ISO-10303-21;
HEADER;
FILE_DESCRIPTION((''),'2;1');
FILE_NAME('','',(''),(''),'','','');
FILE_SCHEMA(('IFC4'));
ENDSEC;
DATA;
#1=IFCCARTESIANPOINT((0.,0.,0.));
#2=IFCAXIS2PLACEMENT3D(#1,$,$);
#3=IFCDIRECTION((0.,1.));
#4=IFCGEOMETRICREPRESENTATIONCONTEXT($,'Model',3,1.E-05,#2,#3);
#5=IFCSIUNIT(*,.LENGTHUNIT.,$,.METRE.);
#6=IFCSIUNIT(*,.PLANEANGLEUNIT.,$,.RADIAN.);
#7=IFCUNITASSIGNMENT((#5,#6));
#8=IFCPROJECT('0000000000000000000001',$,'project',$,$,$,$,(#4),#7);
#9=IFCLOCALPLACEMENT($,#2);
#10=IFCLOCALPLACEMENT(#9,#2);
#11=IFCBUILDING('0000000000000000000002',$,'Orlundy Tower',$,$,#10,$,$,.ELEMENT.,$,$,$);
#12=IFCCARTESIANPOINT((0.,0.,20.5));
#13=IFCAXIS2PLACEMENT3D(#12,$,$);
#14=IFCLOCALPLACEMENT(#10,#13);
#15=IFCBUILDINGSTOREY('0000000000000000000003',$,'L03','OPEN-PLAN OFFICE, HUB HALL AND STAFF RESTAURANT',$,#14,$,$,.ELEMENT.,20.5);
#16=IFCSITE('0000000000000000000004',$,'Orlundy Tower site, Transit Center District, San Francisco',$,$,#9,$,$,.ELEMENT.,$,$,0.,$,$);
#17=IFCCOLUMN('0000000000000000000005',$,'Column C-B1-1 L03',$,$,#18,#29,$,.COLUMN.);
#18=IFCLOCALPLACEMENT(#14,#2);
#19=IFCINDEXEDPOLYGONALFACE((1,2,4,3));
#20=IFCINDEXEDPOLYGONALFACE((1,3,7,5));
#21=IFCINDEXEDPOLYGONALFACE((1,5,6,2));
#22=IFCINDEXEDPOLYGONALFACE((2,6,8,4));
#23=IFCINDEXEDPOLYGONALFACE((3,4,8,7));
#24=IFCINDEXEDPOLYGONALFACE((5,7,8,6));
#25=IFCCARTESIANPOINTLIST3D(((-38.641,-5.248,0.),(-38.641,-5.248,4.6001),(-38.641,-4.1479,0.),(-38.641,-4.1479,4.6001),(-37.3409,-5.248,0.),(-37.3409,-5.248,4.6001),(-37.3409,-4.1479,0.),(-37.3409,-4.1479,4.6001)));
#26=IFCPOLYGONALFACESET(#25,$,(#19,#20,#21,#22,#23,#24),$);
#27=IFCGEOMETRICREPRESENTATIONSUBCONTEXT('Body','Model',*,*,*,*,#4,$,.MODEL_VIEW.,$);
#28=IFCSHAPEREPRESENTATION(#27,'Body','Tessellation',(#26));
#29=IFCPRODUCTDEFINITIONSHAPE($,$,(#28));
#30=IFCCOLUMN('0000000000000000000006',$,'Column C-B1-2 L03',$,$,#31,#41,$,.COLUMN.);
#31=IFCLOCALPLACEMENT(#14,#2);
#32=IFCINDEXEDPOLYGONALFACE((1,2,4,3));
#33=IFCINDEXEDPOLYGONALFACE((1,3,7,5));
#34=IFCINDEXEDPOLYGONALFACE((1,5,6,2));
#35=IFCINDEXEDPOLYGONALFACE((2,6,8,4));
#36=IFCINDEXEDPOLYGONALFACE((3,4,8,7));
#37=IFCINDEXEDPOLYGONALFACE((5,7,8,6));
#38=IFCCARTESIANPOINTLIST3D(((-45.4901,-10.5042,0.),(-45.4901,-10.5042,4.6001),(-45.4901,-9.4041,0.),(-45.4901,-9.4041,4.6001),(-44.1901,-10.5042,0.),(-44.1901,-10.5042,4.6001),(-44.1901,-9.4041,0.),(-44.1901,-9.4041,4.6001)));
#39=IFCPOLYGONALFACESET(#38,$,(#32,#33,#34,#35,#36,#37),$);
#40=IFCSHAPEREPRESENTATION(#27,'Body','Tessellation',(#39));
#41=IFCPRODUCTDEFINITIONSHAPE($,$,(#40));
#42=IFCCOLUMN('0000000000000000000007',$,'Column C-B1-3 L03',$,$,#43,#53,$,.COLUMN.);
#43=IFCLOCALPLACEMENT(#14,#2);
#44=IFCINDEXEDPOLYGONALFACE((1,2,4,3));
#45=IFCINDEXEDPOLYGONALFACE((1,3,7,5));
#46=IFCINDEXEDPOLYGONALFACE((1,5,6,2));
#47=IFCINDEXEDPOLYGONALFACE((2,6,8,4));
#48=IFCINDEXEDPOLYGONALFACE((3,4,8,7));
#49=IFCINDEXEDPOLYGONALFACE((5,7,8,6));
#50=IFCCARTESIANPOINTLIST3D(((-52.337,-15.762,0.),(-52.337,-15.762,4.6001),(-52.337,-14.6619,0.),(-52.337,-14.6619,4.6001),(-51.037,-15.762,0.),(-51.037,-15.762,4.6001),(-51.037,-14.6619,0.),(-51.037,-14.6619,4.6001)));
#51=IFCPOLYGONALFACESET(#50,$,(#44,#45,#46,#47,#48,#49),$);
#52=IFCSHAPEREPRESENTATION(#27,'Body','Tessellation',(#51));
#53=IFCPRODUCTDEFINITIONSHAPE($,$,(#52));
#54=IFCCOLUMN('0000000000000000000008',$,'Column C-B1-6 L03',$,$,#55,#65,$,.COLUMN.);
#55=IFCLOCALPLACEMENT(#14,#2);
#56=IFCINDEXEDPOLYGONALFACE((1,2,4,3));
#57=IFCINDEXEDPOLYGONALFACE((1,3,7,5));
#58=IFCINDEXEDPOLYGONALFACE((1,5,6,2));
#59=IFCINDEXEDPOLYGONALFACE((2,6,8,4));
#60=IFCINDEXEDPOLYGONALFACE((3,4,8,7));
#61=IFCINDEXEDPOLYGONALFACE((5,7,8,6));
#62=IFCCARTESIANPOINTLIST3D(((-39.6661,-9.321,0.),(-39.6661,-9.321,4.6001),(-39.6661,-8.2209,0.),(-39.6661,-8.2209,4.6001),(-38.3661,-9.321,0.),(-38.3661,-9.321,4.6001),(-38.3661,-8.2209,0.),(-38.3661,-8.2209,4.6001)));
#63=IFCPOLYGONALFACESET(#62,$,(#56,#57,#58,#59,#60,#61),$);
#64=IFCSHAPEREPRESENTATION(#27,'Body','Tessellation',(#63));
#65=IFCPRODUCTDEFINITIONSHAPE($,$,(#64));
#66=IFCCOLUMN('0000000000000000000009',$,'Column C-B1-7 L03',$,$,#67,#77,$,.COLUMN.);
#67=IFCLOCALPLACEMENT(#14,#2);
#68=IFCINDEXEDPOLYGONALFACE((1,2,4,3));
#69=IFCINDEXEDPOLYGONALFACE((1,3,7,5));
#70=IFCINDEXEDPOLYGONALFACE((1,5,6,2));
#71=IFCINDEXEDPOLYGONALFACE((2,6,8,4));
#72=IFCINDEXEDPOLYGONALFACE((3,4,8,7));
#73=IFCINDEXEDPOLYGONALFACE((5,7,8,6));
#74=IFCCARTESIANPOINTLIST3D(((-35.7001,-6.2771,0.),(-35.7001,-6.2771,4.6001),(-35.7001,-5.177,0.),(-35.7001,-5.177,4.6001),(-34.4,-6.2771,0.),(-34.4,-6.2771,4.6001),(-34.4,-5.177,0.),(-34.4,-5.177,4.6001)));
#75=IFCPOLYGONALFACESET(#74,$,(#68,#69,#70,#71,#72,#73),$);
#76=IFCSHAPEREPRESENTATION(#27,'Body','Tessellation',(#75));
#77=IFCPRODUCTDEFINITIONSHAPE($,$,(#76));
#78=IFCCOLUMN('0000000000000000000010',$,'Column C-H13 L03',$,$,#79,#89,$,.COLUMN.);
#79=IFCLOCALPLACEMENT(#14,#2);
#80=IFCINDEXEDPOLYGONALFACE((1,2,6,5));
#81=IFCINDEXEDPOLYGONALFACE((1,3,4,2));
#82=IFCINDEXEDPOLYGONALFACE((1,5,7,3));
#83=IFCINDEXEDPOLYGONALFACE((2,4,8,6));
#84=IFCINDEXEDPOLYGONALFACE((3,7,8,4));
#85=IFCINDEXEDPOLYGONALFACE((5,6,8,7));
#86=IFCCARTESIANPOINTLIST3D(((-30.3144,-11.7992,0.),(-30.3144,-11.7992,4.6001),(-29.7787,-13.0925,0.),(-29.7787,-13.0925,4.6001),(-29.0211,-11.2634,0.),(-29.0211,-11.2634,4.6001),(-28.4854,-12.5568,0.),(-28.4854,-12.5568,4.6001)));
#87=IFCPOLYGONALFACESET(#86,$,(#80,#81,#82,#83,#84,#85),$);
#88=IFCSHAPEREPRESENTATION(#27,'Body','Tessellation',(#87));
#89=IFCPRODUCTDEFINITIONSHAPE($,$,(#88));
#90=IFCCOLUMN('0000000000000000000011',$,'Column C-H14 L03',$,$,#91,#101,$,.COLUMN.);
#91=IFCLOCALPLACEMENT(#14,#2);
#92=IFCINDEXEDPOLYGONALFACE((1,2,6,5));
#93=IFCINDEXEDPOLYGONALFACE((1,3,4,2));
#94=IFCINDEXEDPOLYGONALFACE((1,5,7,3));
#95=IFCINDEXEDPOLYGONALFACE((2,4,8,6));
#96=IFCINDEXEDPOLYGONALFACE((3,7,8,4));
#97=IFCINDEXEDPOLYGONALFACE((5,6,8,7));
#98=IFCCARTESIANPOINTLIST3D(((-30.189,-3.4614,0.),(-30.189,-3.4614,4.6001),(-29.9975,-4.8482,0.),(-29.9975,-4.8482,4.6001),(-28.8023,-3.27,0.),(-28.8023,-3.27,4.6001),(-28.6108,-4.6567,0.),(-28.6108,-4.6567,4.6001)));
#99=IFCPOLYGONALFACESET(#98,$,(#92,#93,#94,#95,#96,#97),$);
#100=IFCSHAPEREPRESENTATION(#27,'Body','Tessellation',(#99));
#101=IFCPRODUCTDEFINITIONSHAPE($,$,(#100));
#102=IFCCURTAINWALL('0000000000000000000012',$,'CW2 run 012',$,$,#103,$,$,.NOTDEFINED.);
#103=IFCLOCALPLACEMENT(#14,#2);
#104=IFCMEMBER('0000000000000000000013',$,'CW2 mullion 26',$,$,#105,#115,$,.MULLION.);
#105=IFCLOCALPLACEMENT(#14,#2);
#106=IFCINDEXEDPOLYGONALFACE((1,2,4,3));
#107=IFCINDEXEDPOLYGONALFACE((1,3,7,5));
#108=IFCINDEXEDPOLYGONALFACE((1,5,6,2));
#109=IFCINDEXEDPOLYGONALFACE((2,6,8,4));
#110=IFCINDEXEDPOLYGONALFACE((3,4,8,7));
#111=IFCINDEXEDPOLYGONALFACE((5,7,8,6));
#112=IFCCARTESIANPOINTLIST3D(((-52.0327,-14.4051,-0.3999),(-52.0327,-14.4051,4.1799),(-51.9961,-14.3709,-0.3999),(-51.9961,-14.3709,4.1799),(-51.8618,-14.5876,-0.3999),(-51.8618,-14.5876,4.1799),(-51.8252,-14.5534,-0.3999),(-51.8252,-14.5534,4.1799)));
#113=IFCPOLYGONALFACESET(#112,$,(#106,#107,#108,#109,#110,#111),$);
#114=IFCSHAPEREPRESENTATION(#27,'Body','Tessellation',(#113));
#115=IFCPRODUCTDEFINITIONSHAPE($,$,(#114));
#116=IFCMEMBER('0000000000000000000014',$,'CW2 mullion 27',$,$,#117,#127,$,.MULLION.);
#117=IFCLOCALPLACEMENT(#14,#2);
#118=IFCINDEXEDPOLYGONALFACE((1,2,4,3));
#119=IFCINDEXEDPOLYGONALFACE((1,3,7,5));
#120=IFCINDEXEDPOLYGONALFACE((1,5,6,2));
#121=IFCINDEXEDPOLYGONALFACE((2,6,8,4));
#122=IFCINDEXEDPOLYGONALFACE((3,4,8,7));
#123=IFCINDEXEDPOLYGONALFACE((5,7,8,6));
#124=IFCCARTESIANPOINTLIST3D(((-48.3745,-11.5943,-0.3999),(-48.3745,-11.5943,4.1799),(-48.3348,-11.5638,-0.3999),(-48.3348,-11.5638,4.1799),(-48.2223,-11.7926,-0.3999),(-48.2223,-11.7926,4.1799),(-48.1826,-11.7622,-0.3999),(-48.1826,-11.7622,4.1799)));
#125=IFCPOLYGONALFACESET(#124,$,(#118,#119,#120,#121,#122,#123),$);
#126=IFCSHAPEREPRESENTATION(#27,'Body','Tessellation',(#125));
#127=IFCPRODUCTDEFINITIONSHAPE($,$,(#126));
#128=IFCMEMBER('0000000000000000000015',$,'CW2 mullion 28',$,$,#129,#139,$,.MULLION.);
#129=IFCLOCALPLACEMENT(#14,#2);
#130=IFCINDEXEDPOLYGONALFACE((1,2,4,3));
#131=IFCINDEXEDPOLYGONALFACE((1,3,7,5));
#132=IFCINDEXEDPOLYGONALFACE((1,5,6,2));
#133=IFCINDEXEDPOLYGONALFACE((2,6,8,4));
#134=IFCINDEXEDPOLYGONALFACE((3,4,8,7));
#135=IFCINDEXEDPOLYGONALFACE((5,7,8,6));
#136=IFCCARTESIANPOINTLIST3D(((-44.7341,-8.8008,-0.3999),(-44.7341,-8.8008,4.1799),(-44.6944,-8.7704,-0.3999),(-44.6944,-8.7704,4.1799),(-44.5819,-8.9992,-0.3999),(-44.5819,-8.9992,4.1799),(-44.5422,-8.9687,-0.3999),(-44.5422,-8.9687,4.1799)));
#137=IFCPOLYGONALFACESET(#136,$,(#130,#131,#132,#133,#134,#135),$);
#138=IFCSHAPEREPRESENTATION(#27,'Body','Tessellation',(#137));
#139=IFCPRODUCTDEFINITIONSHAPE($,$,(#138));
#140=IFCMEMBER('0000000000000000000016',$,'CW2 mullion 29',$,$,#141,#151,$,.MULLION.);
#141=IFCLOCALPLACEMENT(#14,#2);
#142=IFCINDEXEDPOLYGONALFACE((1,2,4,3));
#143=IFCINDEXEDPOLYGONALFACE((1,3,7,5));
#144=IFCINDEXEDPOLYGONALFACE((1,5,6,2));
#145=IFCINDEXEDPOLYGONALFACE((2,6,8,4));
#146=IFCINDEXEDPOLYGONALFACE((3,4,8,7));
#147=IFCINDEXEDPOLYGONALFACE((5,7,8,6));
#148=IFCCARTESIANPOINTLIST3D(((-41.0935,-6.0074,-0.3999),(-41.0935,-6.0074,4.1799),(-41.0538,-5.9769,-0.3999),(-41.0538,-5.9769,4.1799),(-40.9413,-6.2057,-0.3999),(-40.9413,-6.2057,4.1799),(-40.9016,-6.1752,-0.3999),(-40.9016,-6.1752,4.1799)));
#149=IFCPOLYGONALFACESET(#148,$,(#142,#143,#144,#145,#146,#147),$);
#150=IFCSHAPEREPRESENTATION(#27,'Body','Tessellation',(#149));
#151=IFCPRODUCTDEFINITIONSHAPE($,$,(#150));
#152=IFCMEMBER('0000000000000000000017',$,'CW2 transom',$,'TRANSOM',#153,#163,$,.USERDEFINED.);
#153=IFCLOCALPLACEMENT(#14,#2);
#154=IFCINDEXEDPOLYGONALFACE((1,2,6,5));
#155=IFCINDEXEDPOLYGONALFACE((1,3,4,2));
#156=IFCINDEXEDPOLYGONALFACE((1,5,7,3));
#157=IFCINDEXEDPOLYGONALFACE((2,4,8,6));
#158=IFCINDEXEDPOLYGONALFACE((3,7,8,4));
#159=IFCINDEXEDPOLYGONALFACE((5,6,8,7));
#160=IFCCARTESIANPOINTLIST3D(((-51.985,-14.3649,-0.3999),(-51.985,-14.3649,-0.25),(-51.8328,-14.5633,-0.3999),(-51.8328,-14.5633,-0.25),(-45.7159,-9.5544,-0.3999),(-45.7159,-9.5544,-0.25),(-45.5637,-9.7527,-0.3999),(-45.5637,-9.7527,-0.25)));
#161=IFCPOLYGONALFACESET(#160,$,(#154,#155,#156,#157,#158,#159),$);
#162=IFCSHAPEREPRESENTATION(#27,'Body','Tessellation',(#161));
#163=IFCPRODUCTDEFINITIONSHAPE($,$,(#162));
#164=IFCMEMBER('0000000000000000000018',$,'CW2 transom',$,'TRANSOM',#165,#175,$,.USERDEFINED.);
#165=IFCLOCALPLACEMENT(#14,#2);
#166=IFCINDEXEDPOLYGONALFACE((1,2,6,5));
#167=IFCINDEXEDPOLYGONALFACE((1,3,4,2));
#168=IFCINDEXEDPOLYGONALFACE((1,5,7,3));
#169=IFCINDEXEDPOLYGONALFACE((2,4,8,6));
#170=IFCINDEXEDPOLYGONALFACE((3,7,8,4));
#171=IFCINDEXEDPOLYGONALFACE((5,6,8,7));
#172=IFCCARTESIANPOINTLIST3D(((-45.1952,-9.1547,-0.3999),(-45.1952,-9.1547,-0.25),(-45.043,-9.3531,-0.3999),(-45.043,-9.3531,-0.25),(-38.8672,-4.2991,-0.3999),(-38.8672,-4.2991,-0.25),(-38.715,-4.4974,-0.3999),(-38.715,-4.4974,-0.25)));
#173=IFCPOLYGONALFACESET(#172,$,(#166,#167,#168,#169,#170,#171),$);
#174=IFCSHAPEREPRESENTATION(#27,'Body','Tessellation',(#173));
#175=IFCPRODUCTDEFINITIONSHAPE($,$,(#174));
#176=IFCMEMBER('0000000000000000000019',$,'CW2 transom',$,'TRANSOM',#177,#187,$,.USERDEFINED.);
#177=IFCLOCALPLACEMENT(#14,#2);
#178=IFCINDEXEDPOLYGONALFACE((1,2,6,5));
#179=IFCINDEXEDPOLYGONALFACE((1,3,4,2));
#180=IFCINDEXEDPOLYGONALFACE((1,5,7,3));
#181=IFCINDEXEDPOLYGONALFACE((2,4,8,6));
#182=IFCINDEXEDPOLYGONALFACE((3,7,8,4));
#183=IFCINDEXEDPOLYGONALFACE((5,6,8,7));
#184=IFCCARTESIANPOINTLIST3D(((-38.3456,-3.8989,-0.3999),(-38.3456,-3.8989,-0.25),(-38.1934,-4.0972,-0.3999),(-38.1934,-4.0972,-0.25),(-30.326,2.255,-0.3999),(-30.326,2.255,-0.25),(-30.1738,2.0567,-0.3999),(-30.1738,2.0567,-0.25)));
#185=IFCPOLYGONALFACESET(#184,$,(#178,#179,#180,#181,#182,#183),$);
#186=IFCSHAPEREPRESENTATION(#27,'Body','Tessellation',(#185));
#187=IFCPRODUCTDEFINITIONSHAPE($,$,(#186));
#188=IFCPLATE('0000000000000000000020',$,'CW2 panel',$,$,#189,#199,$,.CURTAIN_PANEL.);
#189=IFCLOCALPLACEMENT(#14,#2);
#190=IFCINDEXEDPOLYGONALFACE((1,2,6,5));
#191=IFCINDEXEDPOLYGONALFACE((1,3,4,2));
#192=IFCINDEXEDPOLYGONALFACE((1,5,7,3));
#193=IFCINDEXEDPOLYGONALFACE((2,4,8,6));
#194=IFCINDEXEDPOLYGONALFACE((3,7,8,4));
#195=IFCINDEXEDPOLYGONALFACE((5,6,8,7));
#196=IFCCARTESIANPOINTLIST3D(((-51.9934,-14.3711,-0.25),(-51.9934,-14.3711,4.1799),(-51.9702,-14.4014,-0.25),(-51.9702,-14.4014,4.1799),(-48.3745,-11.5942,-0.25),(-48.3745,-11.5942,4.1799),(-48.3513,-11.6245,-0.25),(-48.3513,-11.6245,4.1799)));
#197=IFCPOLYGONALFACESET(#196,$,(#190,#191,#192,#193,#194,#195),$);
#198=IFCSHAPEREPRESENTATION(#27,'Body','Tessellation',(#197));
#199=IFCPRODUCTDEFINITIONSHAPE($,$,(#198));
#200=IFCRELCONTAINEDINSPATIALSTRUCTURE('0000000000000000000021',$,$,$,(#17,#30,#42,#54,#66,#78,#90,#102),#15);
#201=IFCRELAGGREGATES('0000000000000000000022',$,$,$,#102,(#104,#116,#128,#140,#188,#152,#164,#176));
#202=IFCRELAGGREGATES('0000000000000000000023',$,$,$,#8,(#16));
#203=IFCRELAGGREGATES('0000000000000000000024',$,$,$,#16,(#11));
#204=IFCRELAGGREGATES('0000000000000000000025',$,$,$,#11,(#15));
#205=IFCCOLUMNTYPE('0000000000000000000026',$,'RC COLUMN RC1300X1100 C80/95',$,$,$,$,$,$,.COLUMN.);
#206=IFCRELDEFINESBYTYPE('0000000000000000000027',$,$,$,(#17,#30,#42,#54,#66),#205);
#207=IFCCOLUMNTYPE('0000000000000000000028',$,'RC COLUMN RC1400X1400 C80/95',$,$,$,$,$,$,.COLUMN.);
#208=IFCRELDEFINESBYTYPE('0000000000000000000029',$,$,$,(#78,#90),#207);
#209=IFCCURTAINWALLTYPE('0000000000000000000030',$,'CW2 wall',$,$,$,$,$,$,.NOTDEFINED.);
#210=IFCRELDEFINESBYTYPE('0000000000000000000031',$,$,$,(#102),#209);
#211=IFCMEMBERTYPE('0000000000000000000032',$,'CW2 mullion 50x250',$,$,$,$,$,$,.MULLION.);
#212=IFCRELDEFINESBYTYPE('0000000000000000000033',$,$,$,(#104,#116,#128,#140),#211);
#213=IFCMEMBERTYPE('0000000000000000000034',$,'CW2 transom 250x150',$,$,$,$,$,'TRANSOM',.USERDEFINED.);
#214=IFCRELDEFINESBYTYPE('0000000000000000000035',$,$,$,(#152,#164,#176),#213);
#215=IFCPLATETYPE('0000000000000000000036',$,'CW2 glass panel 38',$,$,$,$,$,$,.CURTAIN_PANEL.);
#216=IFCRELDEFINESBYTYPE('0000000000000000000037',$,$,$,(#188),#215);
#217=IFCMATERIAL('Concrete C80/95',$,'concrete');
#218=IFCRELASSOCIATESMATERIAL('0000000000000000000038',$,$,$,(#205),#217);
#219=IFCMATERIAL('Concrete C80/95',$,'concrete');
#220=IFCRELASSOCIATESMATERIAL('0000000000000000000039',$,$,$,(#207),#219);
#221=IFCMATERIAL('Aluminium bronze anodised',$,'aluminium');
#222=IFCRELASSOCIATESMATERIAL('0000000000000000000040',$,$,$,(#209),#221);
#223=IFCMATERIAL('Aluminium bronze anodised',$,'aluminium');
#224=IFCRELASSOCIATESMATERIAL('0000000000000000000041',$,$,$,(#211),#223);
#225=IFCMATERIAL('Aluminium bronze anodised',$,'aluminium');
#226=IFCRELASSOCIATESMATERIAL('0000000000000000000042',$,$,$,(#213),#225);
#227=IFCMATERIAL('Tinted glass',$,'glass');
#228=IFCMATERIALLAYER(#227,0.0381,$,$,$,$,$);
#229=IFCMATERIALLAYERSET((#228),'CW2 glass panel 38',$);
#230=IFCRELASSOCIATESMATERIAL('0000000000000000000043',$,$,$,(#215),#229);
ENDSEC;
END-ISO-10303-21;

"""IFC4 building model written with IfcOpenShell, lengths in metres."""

from ifc_helpers import new_model, si_unit, direction, frame, origin, origin_2d, place, context, subcontext, project, spatial, rectangle, extrude, material, layer, layer_set, material_profile, profile_set, type_object, element, aggregate, save


model = new_model("IFC4")

# Units and contexts
model_context = context("Model", 3, precision=1e-05, world=origin(), true_north=direction((0.0, 1.0)))
body_context = subcontext(model_context, "Body", "Model", "MODEL_VIEW")
ifc_project = project(units=[si_unit("LENGTHUNIT", "METRE"), si_unit("PLANEANGLEUNIT", "RADIAN")], contexts=[model_context])

# Site, building, storey
site_placement = place(None, origin())
site = spatial("IfcSite", under=ifc_project, at=site_placement, Name="Orlundy Tower site, Transit Center District, San Francisco", CompositionType="ELEMENT", RefElevation=0.0)
building_placement = place(site_placement, origin())
building = spatial("IfcBuilding", under=site, at=building_placement, Name="Orlundy Tower", CompositionType="ELEMENT")
storey_placement = place(building_placement, frame((0.0, 0.0, 20.5)))
storey = spatial("IfcBuildingStorey", under=building, at=storey_placement, Name="L03", Description="OPEN-PLAN OFFICE, HUB HALL AND STAFF RESTAURANT", CompositionType="ELEMENT", Elevation=20.5)

# Columns
ifc_material_1 = material(Name="Concrete C80/95", Category="concrete")
ifc_material_profile_1 = material_profile(ifc_material_1, rectangle(XDim=1.3, YDim=1.1001, at=origin_2d()), Name="RC1300X1100")
ifc_profile_set_1 = profile_set([ifc_material_profile_1], Name="Concrete C80/95")
column_type_1 = type_object("IfcColumnType", Name="RC COLUMN RC1300X1100 C80/95", PredefinedType="COLUMN", material=ifc_profile_set_1)
for number, where, z_axis, x_axis, name in (
    (1, (-37.991, -4.698, 0.0), (0.0, 0.0, 1.0), (1.0, 0.0, 0.0), "Column C-B1-1 L03"),
    (2, (-44.8401, -9.9541, 0.0), (0.0, 0.0, 1.0), (1.0, 0.0, 0.0), "Column C-B1-2 L03"),
    (3, (-51.687, -15.2119, 0.0), (0.0, 0.0, 1.0), (1.0, 0.0, 0.0), "Column C-B1-3 L03"),
    (4, (-39.0161, -8.771, 0.0), (0.0, 0.0, 1.0), (1.0, 0.0, 0.0), "Column C-B1-6 L03"),
    (5, (-35.05, -5.7271, 0.0), (0.0, 0.0, 1.0), (1.0, 0.0, 0.0), "Column C-B1-7 L03"),
):
    element("IfcColumn", number, at=place(storey_placement, frame(where, z_axis=z_axis, x_axis=x_axis)), inside=storey, type_object=column_type_1, Name=name, PredefinedType="COLUMN", context=body_context, shape_type="SweptSolid", body=[
        extrude(rectangle(XDim=1.3, YDim=1.1001, at=origin_2d()), origin(), (0.0, 0.0, 1.0), 4.6001),
    ])
ifc_material_2 = material(Name="Concrete C80/95", Category="concrete")
ifc_material_profile_2 = material_profile(ifc_material_2, rectangle(XDim=1.3999, YDim=1.3999, at=origin_2d()), Name="RC1400X1400")
ifc_profile_set_2 = profile_set([ifc_material_profile_2], Name="Concrete C80/95")
column_type_2 = type_object("IfcColumnType", Name="RC COLUMN RC1400X1400 C80/95", PredefinedType="COLUMN", material=ifc_profile_set_2)
for number, where, z_axis, x_axis, name in (
    (6, (-29.3999, -12.178, 0.0), (0.0, 0.0, 1.0), (-0.92388, -0.382683, 0.0), "Column C-H13 L03"),
    (7, (-29.3999, -4.0591, 0.0), (0.0, 0.0, 1.0), (-0.990603, -0.13677, 0.0), "Column C-H14 L03"),
):
    element("IfcColumn", number, at=place(storey_placement, frame(where, z_axis=z_axis, x_axis=x_axis)), inside=storey, type_object=column_type_2, Name=name, PredefinedType="COLUMN", context=body_context, shape_type="SweptSolid", body=[
        extrude(rectangle(XDim=1.3999, YDim=1.3999, at=origin_2d()), origin(), (0.0, 0.0, 1.0), 4.6001),
    ])

# Curtain wall, members, plate
ifc_material_3 = material(Name="Aluminium bronze anodised", Category="aluminium")
curtain_wall_type = type_object("IfcCurtainWallType", Name="CW2 wall", PredefinedType="NOTDEFINED", material=ifc_material_3)
curtain_wall_placement = place(storey_placement, origin())
curtain_wall = element("IfcCurtainWall", 8, at=curtain_wall_placement, inside=storey, type_object=curtain_wall_type, Name="CW2 run 012", PredefinedType="NOTDEFINED")
ifc_material_4 = material(Name="Aluminium bronze anodised", Category="aluminium")
ifc_material_profile_3 = material_profile(ifc_material_4, rectangle(XDim=0.25, YDim=0.05, at=origin_2d()), Name="CW2 mullion 50x250")
ifc_profile_set_3 = profile_set([ifc_material_profile_3], Name="Aluminium bronze anodised")
member_type_1 = type_object("IfcMemberType", Name="CW2 mullion 50x250", PredefinedType="MULLION", material=ifc_profile_set_3)
member_1_placement = place(storey_placement, frame((-51.929, -14.4792, -0.3999), z_axis=(0.0, 0.0, 1.0), x_axis=(-0.683605, 0.729852, 0.0)))
member_1 = element("IfcMember", 9, at=member_1_placement, type_object=member_type_1, Name="CW2 mullion 26", PredefinedType="MULLION", context=body_context, shape_type="SweptSolid", body=[
    extrude(rectangle(XDim=0.25, YDim=0.05, at=origin_2d()), origin(), (0.0, 0.0, 1.0), 4.5798),
])
member_2_placement = place(storey_placement, frame((-48.2786, -11.6782, -0.3999), z_axis=(0.0, 0.0, 1.0), x_axis=(-0.608768, 0.793348, 0.0)))
member_2 = element("IfcMember", 10, at=member_2_placement, type_object=member_type_1, Name="CW2 mullion 27", PredefinedType="MULLION", context=body_context, shape_type="SweptSolid", body=[
    extrude(rectangle(XDim=0.25, YDim=0.05, at=origin_2d()), origin(), (0.0, 0.0, 1.0), 4.5798),
])
member_3_placement = place(storey_placement, frame((-44.6382, -8.8848, -0.3999), z_axis=(0.0, 0.0, 1.0), x_axis=(-0.608768, 0.793348, 0.0)))
member_3 = element("IfcMember", 11, at=member_3_placement, type_object=member_type_1, Name="CW2 mullion 28", PredefinedType="MULLION", context=body_context, shape_type="SweptSolid", body=[
    extrude(rectangle(XDim=0.25, YDim=0.05, at=origin_2d()), origin(), (0.0, 0.0, 1.0), 4.5798),
])
member_4_placement = place(storey_placement, frame((-40.9976, -6.0913, -0.3999), z_axis=(0.0, 0.0, 1.0), x_axis=(-0.608768, 0.793348, 0.0)))
member_4 = element("IfcMember", 12, at=member_4_placement, type_object=member_type_1, Name="CW2 mullion 29", PredefinedType="MULLION", context=body_context, shape_type="SweptSolid", body=[
    extrude(rectangle(XDim=0.25, YDim=0.05, at=origin_2d()), origin(), (0.0, 0.0, 1.0), 4.5798),
])
ifc_material_5 = material(Name="Aluminium bronze anodised", Category="aluminium")
ifc_material_profile_4 = material_profile(ifc_material_5, rectangle(XDim=0.25, YDim=0.1499, at=origin_2d()), Name="CW2 transom 250x150")
ifc_profile_set_4 = profile_set([ifc_material_profile_4], Name="Aluminium bronze anodised")
member_type_2 = type_object("IfcMemberType", Name="CW2 transom 250x150", ElementType="TRANSOM", PredefinedType="USERDEFINED", material=ifc_profile_set_4)
member_5_placement = place(storey_placement, frame((-51.9089, -14.4641, -0.325), z_axis=(0.793345, 0.608773, 0.0), x_axis=(-0.608773, 0.793345, 0.0)))
member_5 = element("IfcMember", 13, at=member_5_placement, type_object=member_type_2, Name="CW2 transom", ObjectType="TRANSOM", PredefinedType="USERDEFINED", context=body_context, shape_type="SweptSolid", body=[
    extrude(rectangle(XDim=0.25, YDim=0.1499, at=origin_2d()), origin(), (0.0, 0.0, 1.0), 7.9021),
])
member_6_placement = place(storey_placement, frame((-45.1191, -9.2539, -0.325), z_axis=(0.793355, 0.608759, 0.0), x_axis=(-0.608759, 0.793355, 0.0)))
member_6 = element("IfcMember", 14, at=member_6_placement, type_object=member_type_2, Name="CW2 transom", ObjectType="TRANSOM", PredefinedType="USERDEFINED", context=body_context, shape_type="SweptSolid", body=[
    extrude(rectangle(XDim=0.25, YDim=0.1499, at=origin_2d()), origin(), (0.0, 0.0, 1.0), 7.9763),
])
member_7_placement = place(storey_placement, frame((-38.2695, -3.998, -0.325), z_axis=(0.793344, 0.608774, 0.0), x_axis=(-0.608774, 0.793344, 0.0)))
member_7 = element("IfcMember", 15, at=member_7_placement, type_object=member_type_2, Name="CW2 transom", ObjectType="TRANSOM", PredefinedType="USERDEFINED", context=body_context, shape_type="SweptSolid", body=[
    extrude(rectangle(XDim=0.25, YDim=0.1499, at=origin_2d()), origin(), (0.0, 0.0, 1.0), 10.1086),
])
ifc_material_6 = material(Name="Tinted glass", Category="glass")
ifc_layer_1 = layer(ifc_material_6, 0.0381)
ifc_layer_set_1 = layer_set([ifc_layer_1], Name="CW2 glass panel 38")
plate_type = type_object("IfcPlateType", Name="CW2 glass panel 38", PredefinedType="CURTAIN_PANEL", material=ifc_layer_set_1)
plate_1_placement = place(storey_placement, frame((-50.1724, -12.9978, -0.25), z_axis=(0.0, 0.0, 1.0), x_axis=(0.793348, 0.608768, 0.0)))
plate_1 = element("IfcPlate", 16, at=plate_1_placement, type_object=plate_type, Name="CW2 panel", PredefinedType="CURTAIN_PANEL", context=body_context, shape_type="SweptSolid", body=[
    extrude(rectangle(XDim=4.5615, YDim=0.0381, at=origin_2d()), origin(), (0.0, 0.0, 1.0), 4.4299),
])
aggregate(curtain_wall, [member_1, member_2, member_3, member_4, plate_1, member_5, member_6, member_7])

save(model, "model.ifc")
